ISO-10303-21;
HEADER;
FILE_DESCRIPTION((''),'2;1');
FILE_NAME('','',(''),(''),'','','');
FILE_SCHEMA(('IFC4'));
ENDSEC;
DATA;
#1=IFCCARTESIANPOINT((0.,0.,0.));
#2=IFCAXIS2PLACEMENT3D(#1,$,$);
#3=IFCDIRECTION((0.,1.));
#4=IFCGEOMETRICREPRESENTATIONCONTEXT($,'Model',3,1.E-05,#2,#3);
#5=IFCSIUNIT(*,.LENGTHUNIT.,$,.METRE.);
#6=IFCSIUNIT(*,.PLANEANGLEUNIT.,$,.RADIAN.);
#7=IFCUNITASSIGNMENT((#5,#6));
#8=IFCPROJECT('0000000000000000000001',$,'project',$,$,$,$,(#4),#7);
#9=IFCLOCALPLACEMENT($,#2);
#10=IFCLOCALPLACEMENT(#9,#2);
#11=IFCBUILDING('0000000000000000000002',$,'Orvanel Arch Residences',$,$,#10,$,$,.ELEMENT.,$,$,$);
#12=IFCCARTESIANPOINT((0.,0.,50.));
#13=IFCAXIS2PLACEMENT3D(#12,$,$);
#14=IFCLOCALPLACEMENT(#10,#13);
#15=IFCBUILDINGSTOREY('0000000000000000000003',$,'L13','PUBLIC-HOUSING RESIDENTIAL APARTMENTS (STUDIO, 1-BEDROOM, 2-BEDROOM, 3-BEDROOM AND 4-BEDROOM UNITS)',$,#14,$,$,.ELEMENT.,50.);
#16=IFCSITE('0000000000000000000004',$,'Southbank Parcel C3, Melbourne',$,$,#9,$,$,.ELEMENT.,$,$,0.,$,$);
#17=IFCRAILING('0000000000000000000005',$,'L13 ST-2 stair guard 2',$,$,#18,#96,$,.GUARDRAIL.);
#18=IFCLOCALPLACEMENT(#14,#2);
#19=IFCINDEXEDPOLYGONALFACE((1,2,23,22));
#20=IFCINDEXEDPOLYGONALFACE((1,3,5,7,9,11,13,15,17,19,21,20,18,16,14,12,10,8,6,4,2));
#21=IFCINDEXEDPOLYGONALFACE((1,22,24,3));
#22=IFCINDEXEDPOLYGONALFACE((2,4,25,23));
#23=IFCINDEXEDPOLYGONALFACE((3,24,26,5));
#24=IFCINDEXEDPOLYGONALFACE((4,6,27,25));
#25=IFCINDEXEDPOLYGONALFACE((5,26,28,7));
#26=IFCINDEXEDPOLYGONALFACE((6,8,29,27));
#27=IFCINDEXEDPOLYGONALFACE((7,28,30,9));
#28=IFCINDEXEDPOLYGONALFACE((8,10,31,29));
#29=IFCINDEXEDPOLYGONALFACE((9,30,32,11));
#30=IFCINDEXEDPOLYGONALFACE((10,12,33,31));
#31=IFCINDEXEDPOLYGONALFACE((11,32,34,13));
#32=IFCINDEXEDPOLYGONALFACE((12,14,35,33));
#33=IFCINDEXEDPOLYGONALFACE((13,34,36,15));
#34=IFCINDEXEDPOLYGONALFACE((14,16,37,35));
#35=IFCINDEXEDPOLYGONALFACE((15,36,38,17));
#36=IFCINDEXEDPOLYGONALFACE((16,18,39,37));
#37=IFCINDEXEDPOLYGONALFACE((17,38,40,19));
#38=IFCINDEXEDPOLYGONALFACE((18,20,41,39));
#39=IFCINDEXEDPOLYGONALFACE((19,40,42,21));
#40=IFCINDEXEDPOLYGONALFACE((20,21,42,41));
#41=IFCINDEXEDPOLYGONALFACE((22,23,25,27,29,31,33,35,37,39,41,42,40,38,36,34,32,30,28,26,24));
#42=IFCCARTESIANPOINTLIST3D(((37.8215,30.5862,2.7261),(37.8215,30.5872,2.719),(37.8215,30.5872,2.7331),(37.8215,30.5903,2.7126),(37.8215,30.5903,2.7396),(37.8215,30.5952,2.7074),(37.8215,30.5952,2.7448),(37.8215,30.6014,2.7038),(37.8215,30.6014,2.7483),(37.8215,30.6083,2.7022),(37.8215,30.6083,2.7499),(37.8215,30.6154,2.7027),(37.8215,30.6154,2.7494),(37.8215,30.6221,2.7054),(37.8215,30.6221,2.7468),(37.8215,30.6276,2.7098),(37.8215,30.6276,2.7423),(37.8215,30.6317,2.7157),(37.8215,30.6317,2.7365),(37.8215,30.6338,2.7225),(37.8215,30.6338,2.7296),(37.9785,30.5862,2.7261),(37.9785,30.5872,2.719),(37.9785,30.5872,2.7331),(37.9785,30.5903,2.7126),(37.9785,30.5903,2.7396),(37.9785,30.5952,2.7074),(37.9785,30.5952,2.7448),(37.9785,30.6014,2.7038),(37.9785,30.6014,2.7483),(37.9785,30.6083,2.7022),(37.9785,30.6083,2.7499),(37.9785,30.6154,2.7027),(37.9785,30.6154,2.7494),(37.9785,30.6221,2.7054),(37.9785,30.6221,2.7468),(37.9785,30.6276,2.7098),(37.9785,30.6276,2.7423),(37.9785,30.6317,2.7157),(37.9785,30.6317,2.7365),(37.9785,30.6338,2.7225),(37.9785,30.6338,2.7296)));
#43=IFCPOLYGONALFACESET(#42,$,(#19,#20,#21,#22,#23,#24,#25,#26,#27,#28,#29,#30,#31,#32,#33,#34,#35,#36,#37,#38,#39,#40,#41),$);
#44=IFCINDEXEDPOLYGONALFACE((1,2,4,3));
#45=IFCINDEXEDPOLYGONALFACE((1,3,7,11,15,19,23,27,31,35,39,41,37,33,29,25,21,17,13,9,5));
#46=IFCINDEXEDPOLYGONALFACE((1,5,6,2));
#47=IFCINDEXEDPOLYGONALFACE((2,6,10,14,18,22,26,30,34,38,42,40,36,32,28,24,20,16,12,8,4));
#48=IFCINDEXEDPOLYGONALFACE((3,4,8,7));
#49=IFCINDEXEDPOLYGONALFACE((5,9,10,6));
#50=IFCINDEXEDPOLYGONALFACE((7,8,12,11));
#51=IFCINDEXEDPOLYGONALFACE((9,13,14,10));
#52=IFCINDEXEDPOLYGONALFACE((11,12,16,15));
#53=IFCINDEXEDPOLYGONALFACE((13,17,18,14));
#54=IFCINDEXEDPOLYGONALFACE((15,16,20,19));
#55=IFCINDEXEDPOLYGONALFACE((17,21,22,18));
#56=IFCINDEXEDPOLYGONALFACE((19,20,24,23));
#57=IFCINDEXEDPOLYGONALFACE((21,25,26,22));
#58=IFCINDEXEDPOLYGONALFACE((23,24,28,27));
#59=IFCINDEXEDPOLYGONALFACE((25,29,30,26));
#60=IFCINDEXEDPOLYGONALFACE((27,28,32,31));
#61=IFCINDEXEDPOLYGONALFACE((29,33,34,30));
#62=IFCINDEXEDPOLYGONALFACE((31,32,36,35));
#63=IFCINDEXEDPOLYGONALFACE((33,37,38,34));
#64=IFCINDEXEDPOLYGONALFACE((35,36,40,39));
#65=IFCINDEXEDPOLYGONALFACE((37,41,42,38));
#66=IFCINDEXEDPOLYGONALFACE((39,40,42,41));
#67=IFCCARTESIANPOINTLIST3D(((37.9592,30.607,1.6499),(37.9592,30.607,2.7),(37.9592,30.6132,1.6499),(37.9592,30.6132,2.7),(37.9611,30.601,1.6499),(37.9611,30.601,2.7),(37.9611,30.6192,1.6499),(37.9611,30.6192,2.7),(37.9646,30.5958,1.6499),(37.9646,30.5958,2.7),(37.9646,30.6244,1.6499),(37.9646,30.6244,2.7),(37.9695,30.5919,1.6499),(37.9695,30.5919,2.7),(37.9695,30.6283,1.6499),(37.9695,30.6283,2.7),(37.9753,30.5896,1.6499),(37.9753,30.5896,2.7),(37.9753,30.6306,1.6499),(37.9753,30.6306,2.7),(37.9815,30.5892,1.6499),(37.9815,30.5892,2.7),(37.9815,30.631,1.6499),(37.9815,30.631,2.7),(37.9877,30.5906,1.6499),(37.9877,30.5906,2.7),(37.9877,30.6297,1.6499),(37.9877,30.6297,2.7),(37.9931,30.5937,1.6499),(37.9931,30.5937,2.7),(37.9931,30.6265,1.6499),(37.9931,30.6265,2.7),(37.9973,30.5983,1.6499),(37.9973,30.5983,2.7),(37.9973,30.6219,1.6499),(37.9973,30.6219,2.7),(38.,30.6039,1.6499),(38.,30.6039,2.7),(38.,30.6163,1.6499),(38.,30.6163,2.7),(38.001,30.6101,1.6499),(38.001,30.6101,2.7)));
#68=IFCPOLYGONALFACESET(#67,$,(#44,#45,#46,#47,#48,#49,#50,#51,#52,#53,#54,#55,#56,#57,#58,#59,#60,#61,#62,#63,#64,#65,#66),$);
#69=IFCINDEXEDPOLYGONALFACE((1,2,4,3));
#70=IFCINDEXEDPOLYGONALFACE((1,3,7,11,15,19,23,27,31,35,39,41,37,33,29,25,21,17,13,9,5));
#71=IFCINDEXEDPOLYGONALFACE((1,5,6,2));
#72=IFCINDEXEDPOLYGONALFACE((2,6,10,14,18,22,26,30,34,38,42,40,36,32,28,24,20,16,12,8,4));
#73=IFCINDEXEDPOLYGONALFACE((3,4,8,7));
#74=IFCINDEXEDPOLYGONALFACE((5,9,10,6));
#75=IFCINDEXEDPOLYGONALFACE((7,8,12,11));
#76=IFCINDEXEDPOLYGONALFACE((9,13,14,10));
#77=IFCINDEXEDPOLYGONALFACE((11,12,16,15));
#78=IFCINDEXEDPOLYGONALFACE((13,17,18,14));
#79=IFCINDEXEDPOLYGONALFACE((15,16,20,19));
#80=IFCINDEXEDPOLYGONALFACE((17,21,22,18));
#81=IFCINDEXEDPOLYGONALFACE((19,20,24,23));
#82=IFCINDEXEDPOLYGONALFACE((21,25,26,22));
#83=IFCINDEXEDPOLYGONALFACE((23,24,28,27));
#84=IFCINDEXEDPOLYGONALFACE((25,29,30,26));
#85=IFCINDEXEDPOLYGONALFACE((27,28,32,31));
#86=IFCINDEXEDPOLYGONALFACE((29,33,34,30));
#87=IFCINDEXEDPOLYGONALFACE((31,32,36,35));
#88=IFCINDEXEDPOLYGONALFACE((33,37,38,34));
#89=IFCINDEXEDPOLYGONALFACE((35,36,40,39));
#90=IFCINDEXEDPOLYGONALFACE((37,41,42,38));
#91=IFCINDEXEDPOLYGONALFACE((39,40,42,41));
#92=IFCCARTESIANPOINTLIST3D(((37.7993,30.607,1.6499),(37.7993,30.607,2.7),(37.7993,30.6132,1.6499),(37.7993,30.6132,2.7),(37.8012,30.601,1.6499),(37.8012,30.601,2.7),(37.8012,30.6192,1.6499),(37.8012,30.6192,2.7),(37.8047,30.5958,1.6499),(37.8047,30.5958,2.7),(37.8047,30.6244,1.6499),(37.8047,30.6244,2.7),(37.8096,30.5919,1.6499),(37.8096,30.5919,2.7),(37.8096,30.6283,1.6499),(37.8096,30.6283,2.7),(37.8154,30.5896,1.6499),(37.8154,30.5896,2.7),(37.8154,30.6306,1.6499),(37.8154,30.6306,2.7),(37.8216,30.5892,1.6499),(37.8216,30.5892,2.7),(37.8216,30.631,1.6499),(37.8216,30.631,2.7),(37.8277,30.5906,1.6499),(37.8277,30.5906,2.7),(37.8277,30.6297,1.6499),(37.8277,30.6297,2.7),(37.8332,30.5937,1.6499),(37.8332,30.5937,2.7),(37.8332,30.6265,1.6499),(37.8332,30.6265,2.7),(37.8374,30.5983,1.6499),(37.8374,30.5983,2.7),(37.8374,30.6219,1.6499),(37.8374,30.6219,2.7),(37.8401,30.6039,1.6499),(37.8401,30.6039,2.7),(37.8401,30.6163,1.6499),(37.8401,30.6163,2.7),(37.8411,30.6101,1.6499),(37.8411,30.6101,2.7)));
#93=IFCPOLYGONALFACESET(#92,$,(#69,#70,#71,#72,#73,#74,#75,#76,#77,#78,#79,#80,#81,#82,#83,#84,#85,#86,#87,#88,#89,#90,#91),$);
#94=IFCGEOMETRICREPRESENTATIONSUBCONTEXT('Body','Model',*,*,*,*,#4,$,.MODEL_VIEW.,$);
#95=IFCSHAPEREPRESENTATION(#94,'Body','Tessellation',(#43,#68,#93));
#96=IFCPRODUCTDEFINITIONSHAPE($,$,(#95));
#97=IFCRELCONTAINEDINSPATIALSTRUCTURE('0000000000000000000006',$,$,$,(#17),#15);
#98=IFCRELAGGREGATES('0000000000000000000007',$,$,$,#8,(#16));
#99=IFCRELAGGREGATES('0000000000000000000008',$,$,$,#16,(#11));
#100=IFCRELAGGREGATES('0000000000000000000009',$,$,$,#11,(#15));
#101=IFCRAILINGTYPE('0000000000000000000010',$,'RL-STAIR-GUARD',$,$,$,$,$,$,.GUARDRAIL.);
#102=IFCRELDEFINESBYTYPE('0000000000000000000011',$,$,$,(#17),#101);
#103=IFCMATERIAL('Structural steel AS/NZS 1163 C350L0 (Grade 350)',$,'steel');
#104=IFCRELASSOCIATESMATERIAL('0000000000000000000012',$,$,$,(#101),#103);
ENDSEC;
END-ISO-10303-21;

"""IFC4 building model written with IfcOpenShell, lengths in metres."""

from ifc_helpers import new_model, si_unit, direction, frame, origin, origin_2d, place, context, subcontext, project, spatial, circle, extrude, material, type_object, element, save


model = new_model("IFC4")

# Units and contexts
model_context = context("Model", 3, precision=1e-05, world=origin(), true_north=direction((0.0, 1.0)))
body_context = subcontext(model_context, "Body", "Model", "MODEL_VIEW")
ifc_project = project(units=[si_unit("LENGTHUNIT", "METRE"), si_unit("PLANEANGLEUNIT", "RADIAN")], contexts=[model_context])

# Site, building, storey
site_placement = place(None, origin())
site = spatial("IfcSite", under=ifc_project, at=site_placement, Name="Southbank Parcel C3, Melbourne", CompositionType="ELEMENT", RefElevation=0.0)
building_placement = place(site_placement, origin())
building = spatial("IfcBuilding", under=site, at=building_placement, Name="Orvanel Arch Residences", CompositionType="ELEMENT")
storey_placement = place(building_placement, frame((0.0, 0.0, 50.0)))
storey = spatial("IfcBuildingStorey", under=building, at=storey_placement, Name="L13", Description="PUBLIC-HOUSING RESIDENTIAL APARTMENTS (STUDIO, 1-BEDROOM, 2-BEDROOM, 3-BEDROOM AND 4-BEDROOM UNITS)", CompositionType="ELEMENT", Elevation=50.0)

# Railing
ifc_material_1 = material(Name="Structural steel AS/NZS 1163 C350L0 (Grade 350)", Category="steel")
railing_type_1 = type_object("IfcRailingType", Name="RL-STAIR-GUARD", PredefinedType="GUARDRAIL", material=ifc_material_1)
railing_1_placement = place(storey_placement, frame((37.98, 30.6101, 1.6499)))
element("IfcRailing", 1, at=railing_1_placement, inside=storey, type_object=railing_type_1, Name="L13 ST-2 stair guard 2", PredefinedType="GUARDRAIL", context=body_context, shape_type="SweptSolid", body=[
    extrude(circle(Radius=0.0239, at=origin_2d()), frame((-0.0015, 0.0, 1.0762), z_axis=(-1.0, 0.0, 0.0), x_axis=(0.0, -1.0, 0.0)), (0.0, 0.0, 1.0), 0.157),
    extrude(circle(Radius=0.021, at=origin_2d()), origin(), (0.0, 0.0, 1.0), 1.05),
    extrude(circle(Radius=0.021, at=origin_2d()), frame((-0.1599, 0.0, 0.0)), (0.0, 0.0, 1.0), 1.05),
])

save(model, "model.ifc")
